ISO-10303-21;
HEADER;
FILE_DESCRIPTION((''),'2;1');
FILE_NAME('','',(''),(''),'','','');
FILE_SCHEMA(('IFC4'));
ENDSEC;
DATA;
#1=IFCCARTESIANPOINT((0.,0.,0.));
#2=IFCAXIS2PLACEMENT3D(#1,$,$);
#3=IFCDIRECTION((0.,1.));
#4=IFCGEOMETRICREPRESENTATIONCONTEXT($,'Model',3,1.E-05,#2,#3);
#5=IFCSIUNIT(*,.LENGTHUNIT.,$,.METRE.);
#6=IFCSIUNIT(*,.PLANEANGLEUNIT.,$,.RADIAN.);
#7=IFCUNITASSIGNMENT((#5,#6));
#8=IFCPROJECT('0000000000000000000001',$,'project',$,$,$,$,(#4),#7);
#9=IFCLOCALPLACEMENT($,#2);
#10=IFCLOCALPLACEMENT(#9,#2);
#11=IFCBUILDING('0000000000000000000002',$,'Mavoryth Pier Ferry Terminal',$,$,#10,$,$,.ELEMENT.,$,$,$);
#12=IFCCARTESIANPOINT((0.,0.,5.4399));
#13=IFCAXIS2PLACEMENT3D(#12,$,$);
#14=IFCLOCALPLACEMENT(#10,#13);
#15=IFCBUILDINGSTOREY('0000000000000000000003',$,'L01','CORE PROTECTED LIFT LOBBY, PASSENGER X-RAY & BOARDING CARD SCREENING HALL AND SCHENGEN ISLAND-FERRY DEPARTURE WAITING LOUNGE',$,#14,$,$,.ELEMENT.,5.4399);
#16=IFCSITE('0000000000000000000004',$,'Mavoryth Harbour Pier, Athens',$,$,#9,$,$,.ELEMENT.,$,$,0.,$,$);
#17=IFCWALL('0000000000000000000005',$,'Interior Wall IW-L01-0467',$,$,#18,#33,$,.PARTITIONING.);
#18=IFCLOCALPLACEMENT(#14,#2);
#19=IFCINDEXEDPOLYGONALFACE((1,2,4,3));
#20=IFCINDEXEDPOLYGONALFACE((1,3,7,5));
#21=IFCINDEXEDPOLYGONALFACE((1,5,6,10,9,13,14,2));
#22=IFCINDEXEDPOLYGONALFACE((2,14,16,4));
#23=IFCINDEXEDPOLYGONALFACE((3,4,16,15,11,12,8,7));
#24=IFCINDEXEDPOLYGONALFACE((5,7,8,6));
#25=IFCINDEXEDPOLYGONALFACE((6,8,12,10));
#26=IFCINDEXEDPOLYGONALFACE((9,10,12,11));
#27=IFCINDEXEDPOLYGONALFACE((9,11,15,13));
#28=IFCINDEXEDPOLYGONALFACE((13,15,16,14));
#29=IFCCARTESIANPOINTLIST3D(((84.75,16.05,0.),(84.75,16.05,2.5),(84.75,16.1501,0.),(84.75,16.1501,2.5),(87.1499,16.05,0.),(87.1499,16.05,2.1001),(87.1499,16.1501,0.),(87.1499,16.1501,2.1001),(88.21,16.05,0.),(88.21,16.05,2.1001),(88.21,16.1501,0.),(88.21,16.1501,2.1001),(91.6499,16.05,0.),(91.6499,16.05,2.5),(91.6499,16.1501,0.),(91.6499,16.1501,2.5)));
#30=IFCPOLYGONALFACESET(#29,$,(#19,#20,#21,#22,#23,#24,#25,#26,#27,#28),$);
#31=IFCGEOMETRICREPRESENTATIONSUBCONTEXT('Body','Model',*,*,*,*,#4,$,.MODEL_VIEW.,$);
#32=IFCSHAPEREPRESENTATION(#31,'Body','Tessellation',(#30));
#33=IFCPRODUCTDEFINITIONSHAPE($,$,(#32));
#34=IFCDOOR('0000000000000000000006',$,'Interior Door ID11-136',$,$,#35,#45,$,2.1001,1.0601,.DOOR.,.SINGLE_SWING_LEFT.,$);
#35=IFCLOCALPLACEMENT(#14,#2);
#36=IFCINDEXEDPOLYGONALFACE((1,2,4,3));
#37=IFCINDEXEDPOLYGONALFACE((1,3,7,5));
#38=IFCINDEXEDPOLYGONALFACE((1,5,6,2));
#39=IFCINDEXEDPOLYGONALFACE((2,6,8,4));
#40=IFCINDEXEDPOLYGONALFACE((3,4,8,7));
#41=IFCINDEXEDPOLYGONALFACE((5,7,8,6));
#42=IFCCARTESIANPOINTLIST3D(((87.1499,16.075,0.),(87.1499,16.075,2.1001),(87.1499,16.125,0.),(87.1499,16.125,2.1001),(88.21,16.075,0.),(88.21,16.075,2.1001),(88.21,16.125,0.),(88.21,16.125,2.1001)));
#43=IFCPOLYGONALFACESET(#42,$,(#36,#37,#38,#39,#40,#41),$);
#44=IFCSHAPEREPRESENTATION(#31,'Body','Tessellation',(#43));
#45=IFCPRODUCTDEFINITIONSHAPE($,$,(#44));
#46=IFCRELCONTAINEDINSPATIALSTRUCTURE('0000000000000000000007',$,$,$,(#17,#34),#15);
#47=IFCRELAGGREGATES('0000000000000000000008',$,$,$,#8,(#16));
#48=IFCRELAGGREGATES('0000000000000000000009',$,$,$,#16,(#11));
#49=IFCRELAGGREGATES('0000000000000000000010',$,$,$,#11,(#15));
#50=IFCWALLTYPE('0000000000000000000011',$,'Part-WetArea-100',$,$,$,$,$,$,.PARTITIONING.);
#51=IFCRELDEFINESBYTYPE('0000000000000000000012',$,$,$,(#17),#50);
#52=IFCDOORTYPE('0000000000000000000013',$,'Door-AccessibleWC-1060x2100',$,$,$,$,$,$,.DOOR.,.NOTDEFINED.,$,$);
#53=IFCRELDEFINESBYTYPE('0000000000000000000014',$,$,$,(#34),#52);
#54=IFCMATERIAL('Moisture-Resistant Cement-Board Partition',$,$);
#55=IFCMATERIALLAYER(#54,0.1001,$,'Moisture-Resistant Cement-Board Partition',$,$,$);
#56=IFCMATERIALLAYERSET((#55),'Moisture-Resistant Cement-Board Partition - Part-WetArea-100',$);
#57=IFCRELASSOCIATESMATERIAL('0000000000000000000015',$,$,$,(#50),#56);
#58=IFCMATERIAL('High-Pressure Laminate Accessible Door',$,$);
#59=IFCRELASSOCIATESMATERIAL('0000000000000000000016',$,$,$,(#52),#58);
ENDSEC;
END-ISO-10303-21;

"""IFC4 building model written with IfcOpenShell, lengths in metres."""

from ifc_helpers import new_model, si_unit, direction, frame, frame_2d, origin, place, context, subcontext, project, spatial, rectangle, extrude, material, layer, layer_set, type_object, element, fill, save


model = new_model("IFC4")

# Units and contexts
model_context = context("Model", 3, precision=1e-05, world=origin(), true_north=direction((0.0, 1.0)))
body_context = subcontext(model_context, "Body", "Model", "MODEL_VIEW")
ifc_project = project(units=[si_unit("LENGTHUNIT", "METRE"), si_unit("PLANEANGLEUNIT", "RADIAN")], contexts=[model_context])

# Site, building, storey
site_placement = place(None, origin())
site = spatial("IfcSite", under=ifc_project, at=site_placement, Name="Mavoryth Harbour Pier, Athens", CompositionType="ELEMENT", RefElevation=0.0)
building_placement = place(site_placement, origin())
building = spatial("IfcBuilding", under=site, at=building_placement, Name="Mavoryth Pier Ferry Terminal", CompositionType="ELEMENT")
storey_placement = place(building_placement, frame((0.0, 0.0, 5.4399)))
storey = spatial("IfcBuildingStorey", under=building, at=storey_placement, Name="L01", Description="CORE PROTECTED LIFT LOBBY, PASSENGER X-RAY & BOARDING CARD SCREENING HALL AND SCHENGEN ISLAND-FERRY DEPARTURE WAITING LOUNGE", CompositionType="ELEMENT", Elevation=5.4399)

# Wall, opening, door
ifc_material_1 = material(Name="Moisture-Resistant Cement-Board Partition")
ifc_layer_1 = layer(ifc_material_1, 0.1001, Name="Moisture-Resistant Cement-Board Partition")
ifc_layer_set_1 = layer_set([ifc_layer_1], Name="Moisture-Resistant Cement-Board Partition - Part-WetArea-100")
wall_type_1 = type_object("IfcWallType", Name="Part-WetArea-100", PredefinedType="PARTITIONING", material=ifc_layer_set_1)
wall_1_placement = place(storey_placement, frame((84.75, 16.1001, 0.0), z_axis=(0.0, 0.0, 1.0), x_axis=(1.0, 0.0, 0.0)))
wall_1 = element("IfcWall", 1, at=wall_1_placement, inside=storey, type_object=wall_type_1, Name="Interior Wall IW-L01-0467", PredefinedType="PARTITIONING", context=body_context, shape_type="SweptSolid", body=[
    extrude(rectangle(XDim=6.8999, YDim=0.1001, at=frame_2d((3.45, 0.0))), origin(), (0.0, 0.0, 1.0), 2.5),
])
opening_1_placement = place(wall_1_placement, frame((2.3999, 0.0, 0.0)))
opening_1 = element("IfcOpeningElement", 2, at=opening_1_placement, cuts=wall_1, PredefinedType="OPENING", context=body_context, shape_type="SweptSolid", body=[
    extrude(rectangle(XDim=1.0601, YDim=2.1001, at=frame_2d((0.53, 1.05))), frame((0.0, 0.0601, 0.0), z_axis=(0.0, -1.0, 0.0), x_axis=(1.0, 0.0, 0.0)), (0.0, 0.0, 1.0), 0.1201),
])
ifc_material_2 = material(Name="High-Pressure Laminate Accessible Door")
door_type_1 = type_object("IfcDoorType", Name="Door-AccessibleWC-1060x2100", OperationType="NOTDEFINED", PredefinedType="DOOR", material=ifc_material_2)
door_1_placement = place(opening_1_placement, origin())
door_1 = element("IfcDoor", 3, at=door_1_placement, inside=storey, type_object=door_type_1, Name="Interior Door ID11-136", OperationType="SINGLE_SWING_LEFT", OverallHeight=2.1001, OverallWidth=1.0601, PredefinedType="DOOR", context=body_context, shape_type="SweptSolid", body=[
    extrude(rectangle(XDim=1.0601, YDim=2.1001, at=frame_2d((0.53, 1.05))), frame((0.0, 0.0249, 0.0), z_axis=(0.0, -1.0, 0.0), x_axis=(1.0, 0.0, 0.0)), (0.0, 0.0, 1.0), 0.05),
])
fill(opening_1, door_1)

save(model, "model.ifc")
